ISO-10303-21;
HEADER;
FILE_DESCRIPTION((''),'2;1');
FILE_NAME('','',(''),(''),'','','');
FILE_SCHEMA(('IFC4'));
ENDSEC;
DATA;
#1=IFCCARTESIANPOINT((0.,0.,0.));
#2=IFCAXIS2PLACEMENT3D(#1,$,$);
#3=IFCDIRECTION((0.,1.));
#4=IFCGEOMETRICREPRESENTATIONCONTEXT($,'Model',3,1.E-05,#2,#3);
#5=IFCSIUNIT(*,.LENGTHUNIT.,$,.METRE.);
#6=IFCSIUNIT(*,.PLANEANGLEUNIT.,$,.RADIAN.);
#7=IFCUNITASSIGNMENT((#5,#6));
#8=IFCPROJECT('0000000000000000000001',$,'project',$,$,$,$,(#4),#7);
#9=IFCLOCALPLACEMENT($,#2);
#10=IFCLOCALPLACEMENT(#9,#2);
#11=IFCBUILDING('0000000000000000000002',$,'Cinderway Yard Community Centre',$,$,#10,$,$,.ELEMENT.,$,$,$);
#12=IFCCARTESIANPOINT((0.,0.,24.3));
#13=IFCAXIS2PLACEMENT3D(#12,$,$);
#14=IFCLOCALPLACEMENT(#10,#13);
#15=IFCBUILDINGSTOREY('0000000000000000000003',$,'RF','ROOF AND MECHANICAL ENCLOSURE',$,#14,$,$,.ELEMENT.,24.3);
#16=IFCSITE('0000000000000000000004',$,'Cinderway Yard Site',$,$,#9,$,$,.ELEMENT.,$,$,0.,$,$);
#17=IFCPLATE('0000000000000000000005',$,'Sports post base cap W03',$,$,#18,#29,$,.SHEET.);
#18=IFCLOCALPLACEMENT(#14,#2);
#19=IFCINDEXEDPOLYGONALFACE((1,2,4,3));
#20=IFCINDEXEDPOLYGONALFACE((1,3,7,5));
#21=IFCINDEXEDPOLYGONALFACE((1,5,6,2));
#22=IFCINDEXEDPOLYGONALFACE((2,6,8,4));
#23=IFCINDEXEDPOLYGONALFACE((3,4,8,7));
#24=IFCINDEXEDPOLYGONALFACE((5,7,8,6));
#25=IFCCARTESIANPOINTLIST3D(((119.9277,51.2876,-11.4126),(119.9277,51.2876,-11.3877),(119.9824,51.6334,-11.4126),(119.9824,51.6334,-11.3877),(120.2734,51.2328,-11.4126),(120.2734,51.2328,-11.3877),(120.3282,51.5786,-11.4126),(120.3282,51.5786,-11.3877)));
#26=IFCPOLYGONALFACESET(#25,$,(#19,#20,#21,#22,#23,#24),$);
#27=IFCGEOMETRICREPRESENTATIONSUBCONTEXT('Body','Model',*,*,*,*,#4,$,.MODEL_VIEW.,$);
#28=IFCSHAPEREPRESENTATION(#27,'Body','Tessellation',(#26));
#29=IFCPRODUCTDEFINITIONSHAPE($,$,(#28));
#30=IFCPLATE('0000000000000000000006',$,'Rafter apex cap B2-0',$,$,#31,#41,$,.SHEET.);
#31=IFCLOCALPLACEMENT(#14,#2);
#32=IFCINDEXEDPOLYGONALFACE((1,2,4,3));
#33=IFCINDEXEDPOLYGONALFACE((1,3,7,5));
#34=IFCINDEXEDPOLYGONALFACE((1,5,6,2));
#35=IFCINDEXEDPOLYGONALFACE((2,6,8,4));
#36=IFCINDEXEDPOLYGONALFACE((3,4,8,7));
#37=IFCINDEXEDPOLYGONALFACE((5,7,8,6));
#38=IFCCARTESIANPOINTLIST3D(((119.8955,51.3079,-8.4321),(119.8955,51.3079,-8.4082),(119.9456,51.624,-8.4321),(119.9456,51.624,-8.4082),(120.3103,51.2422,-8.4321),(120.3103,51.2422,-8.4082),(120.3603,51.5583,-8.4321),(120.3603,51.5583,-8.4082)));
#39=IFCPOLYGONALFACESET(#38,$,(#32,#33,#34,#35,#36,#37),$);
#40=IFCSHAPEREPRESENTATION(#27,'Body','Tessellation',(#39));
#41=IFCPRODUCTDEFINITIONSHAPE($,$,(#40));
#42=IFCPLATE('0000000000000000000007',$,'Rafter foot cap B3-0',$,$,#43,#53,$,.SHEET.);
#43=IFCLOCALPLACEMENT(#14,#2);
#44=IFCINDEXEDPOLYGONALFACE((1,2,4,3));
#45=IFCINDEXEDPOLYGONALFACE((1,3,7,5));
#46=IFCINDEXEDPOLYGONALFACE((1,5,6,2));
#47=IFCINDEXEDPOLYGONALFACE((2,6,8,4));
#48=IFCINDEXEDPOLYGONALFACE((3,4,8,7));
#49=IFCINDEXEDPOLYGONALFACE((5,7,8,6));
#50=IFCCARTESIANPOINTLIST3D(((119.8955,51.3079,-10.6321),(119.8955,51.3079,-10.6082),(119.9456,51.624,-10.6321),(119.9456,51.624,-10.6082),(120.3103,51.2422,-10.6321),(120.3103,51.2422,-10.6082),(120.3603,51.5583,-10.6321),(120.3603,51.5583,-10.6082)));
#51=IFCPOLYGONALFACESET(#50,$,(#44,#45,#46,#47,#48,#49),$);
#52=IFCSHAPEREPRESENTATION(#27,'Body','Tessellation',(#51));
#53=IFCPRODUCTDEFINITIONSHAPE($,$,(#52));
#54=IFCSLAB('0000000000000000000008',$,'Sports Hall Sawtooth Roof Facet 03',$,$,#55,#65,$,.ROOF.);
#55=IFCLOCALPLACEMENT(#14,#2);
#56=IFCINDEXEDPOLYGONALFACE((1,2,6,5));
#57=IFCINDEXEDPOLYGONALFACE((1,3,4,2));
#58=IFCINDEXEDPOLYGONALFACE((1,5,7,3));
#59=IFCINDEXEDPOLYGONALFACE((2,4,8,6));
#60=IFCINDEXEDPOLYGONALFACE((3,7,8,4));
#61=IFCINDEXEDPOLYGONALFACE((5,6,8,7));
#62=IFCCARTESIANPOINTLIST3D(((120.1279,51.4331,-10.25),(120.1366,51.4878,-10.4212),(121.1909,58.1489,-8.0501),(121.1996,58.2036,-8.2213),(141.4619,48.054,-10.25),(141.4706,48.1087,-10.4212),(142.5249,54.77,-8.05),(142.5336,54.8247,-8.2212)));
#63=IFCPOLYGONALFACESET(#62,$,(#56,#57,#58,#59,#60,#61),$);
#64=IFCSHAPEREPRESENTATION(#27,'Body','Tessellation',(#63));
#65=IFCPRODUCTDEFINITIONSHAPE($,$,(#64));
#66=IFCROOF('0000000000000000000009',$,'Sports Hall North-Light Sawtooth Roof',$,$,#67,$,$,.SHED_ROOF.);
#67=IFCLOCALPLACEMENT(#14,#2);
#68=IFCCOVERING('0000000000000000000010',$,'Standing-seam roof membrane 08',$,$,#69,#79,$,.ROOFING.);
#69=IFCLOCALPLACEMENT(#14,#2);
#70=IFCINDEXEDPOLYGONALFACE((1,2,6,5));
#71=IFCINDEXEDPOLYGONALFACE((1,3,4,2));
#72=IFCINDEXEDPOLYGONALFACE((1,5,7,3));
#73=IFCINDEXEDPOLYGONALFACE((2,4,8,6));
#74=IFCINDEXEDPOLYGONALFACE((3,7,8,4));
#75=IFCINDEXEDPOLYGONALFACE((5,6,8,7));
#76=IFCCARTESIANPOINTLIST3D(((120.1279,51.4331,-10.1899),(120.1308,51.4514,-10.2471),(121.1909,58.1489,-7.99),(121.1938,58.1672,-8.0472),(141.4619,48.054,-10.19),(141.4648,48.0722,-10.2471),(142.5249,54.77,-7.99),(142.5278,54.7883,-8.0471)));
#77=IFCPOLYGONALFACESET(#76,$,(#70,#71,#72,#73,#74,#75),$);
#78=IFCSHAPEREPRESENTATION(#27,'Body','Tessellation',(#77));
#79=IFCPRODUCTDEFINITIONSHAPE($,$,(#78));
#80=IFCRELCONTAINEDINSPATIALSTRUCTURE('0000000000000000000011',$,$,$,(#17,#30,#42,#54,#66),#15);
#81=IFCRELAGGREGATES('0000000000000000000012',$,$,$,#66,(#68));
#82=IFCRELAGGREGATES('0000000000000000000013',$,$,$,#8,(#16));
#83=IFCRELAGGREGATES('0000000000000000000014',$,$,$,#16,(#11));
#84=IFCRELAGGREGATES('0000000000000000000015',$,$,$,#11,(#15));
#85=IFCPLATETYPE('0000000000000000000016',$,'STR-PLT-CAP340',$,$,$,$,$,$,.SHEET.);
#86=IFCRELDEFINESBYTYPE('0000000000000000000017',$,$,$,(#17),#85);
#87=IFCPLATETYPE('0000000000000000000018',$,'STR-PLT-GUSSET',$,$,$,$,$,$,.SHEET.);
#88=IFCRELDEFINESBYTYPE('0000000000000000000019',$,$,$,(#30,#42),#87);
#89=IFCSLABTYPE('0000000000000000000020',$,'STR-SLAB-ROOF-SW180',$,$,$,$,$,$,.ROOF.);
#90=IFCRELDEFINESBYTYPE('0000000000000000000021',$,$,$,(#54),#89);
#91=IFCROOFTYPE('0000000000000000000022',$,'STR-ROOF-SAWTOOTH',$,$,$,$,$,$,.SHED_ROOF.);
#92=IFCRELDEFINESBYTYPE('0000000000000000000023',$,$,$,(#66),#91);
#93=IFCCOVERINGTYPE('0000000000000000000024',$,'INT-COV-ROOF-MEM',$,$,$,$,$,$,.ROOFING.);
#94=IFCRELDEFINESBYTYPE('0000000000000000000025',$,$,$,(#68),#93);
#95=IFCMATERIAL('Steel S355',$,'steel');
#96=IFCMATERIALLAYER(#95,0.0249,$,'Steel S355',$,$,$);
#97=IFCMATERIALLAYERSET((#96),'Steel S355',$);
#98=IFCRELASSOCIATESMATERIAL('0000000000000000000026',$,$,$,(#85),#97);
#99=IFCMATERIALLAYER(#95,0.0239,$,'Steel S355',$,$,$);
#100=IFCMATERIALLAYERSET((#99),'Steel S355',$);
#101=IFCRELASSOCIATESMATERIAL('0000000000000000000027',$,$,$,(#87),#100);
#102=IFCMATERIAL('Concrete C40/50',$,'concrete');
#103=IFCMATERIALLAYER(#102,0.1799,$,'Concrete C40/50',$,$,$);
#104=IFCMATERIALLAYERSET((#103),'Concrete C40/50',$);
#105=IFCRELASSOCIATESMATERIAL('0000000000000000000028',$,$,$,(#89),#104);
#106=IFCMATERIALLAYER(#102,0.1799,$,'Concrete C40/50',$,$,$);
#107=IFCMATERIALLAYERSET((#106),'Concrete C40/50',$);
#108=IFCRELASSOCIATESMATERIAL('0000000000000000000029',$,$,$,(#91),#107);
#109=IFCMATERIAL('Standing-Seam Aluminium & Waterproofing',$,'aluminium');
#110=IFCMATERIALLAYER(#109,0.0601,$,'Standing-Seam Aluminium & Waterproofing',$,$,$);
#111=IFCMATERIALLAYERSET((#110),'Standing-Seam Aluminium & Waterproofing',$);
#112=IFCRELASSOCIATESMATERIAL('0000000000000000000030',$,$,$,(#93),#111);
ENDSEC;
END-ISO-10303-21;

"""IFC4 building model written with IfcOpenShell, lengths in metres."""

from ifc_helpers import new_model, si_unit, direction, frame, origin, origin_2d, place, context, subcontext, project, spatial, polyline, rectangle, outline, extrude, material, layer, layer_set, type_object, element, aggregate, save


model = new_model("IFC4")

# Units and contexts
model_context = context("Model", 3, precision=1e-05, world=origin(), true_north=direction((0.0, 1.0)))
body_context = subcontext(model_context, "Body", "Model", "MODEL_VIEW")
ifc_project = project(units=[si_unit("LENGTHUNIT", "METRE"), si_unit("PLANEANGLEUNIT", "RADIAN")], contexts=[model_context])

# Site, building, storey
site_placement = place(None, origin())
site = spatial("IfcSite", under=ifc_project, at=site_placement, Name="Cinderway Yard Site", CompositionType="ELEMENT", RefElevation=0.0)
building_placement = place(site_placement, origin())
building = spatial("IfcBuilding", under=site, at=building_placement, Name="Cinderway Yard Community Centre", CompositionType="ELEMENT")
storey_placement = place(building_placement, frame((0.0, 0.0, 24.3)))
storey = spatial("IfcBuildingStorey", under=building, at=storey_placement, Name="RF", Description="ROOF AND MECHANICAL ENCLOSURE", CompositionType="ELEMENT", Elevation=24.3)

# Shared definitions
ifc_material_1 = material(Name="Steel S355", Category="steel")

# Plates
ifc_layer_1 = layer(ifc_material_1, 0.0249, Name="Steel S355")
ifc_layer_set_1 = layer_set([ifc_layer_1], Name="Steel S355")
plate_type_1 = type_object("IfcPlateType", Name="STR-PLT-CAP340", PredefinedType="SHEET", material=ifc_layer_set_1)
plate_1_placement = place(storey_placement, frame((120.1279, 51.4331, -11.4126), z_axis=(0.0, 0.0, 1.0), x_axis=(0.987688, -0.156434, 0.0)))
element("IfcPlate", 1, at=plate_1_placement, inside=storey, type_object=plate_type_1, Name="Sports post base cap W03", PredefinedType="SHEET", context=body_context, shape_type="SweptSolid", body=[
    extrude(rectangle(XDim=0.3501, YDim=0.3501, at=origin_2d()), origin(), (0.0, 0.0, 1.0), 0.0249),
])
ifc_layer_2 = layer(ifc_material_1, 0.0239, Name="Steel S355")
ifc_layer_set_2 = layer_set([ifc_layer_2], Name="Steel S355")
plate_type_2 = type_object("IfcPlateType", Name="STR-PLT-GUSSET", PredefinedType="SHEET", material=ifc_layer_set_2)
for number, where, z_axis, x_axis, name in (
    (2, (120.1279, 51.4331, -8.4321), (0.0, 0.0, 1.0), (0.987688, -0.156434, 0.0), "Rafter apex cap B2-0"),
    (3, (120.1279, 51.4331, -10.6321), (0.0, 0.0, 1.0), (0.987688, -0.156434, 0.0), "Rafter foot cap B3-0"),
):
    element("IfcPlate", number, at=place(storey_placement, frame(where, z_axis=z_axis, x_axis=x_axis)), inside=storey, type_object=plate_type_2, Name=name, PredefinedType="SHEET", context=body_context, shape_type="SweptSolid", body=[
        extrude(rectangle(XDim=0.4199, YDim=0.3201, at=origin_2d()), origin(), (0.0, 0.0, 1.0), 0.0239),
    ])

# Slab
ifc_material_2 = material(Name="Concrete C40/50", Category="concrete")
ifc_layer_3 = layer(ifc_material_2, 0.1799, Name="Concrete C40/50")
ifc_layer_set_3 = layer_set([ifc_layer_3], Name="Concrete C40/50")
slab_type = type_object("IfcSlabType", Name="STR-SLAB-ROOF-SW180", PredefinedType="ROOF", material=ifc_layer_set_3)
slab_placement = place(storey_placement, frame((120.1279, 51.4331, -10.25), z_axis=(-0.048156, -0.304043, 0.95144), x_axis=(0.987687, -0.156442, -0.000002)))
element("IfcSlab", 4, at=slab_placement, inside=storey, type_object=slab_type, Name="Sports Hall Sawtooth Roof Facet 03", PredefinedType="ROOF", context=body_context, shape_type="SweptSolid", body=[
    extrude(outline(polyline([(0.0, 0.0), (21.5999, 0.0), (21.5992, 7.1467), (-0.0007, 7.1465), (0.0, 0.0)])), origin(), (0.0, 0.0, -1.0), 0.1799),
])

# Roof, covering
ifc_layer_4 = layer(ifc_material_2, 0.1799, Name="Concrete C40/50")
ifc_layer_set_4 = layer_set([ifc_layer_4], Name="Concrete C40/50")
roof_type = type_object("IfcRoofType", Name="STR-ROOF-SAWTOOTH", PredefinedType="SHED_ROOF", material=ifc_layer_set_4)
roof_placement = place(storey_placement, origin())
roof = element("IfcRoof", 5, at=roof_placement, inside=storey, type_object=roof_type, Name="Sports Hall North-Light Sawtooth Roof", PredefinedType="SHED_ROOF")
ifc_material_3 = material(Name="Standing-Seam Aluminium & Waterproofing", Category="aluminium")
ifc_layer_5 = layer(ifc_material_3, 0.0601, Name="Standing-Seam Aluminium & Waterproofing")
ifc_layer_set_5 = layer_set([ifc_layer_5], Name="Standing-Seam Aluminium & Waterproofing")
covering_type = type_object("IfcCoveringType", Name="INT-COV-ROOF-MEM", PredefinedType="ROOFING", material=ifc_layer_set_5)
covering_placement = place(storey_placement, frame((120.1279, 51.4331, -10.1899), z_axis=(-0.048156, -0.304043, 0.95144), x_axis=(0.987687, -0.156442, -0.000002)))
covering = element("IfcCovering", 6, at=covering_placement, type_object=covering_type, Name="Standing-seam roof membrane 08", PredefinedType="ROOFING", context=body_context, shape_type="SweptSolid", body=[
    extrude(outline(polyline([(0.0, 0.0), (21.5999, 0.0), (21.5992, 7.1467), (-0.0007, 7.1465), (0.0, 0.0)])), origin(), (0.0, 0.0, -1.0), 0.0601),
])
aggregate(roof, [covering])

save(model, "model.ifc")
